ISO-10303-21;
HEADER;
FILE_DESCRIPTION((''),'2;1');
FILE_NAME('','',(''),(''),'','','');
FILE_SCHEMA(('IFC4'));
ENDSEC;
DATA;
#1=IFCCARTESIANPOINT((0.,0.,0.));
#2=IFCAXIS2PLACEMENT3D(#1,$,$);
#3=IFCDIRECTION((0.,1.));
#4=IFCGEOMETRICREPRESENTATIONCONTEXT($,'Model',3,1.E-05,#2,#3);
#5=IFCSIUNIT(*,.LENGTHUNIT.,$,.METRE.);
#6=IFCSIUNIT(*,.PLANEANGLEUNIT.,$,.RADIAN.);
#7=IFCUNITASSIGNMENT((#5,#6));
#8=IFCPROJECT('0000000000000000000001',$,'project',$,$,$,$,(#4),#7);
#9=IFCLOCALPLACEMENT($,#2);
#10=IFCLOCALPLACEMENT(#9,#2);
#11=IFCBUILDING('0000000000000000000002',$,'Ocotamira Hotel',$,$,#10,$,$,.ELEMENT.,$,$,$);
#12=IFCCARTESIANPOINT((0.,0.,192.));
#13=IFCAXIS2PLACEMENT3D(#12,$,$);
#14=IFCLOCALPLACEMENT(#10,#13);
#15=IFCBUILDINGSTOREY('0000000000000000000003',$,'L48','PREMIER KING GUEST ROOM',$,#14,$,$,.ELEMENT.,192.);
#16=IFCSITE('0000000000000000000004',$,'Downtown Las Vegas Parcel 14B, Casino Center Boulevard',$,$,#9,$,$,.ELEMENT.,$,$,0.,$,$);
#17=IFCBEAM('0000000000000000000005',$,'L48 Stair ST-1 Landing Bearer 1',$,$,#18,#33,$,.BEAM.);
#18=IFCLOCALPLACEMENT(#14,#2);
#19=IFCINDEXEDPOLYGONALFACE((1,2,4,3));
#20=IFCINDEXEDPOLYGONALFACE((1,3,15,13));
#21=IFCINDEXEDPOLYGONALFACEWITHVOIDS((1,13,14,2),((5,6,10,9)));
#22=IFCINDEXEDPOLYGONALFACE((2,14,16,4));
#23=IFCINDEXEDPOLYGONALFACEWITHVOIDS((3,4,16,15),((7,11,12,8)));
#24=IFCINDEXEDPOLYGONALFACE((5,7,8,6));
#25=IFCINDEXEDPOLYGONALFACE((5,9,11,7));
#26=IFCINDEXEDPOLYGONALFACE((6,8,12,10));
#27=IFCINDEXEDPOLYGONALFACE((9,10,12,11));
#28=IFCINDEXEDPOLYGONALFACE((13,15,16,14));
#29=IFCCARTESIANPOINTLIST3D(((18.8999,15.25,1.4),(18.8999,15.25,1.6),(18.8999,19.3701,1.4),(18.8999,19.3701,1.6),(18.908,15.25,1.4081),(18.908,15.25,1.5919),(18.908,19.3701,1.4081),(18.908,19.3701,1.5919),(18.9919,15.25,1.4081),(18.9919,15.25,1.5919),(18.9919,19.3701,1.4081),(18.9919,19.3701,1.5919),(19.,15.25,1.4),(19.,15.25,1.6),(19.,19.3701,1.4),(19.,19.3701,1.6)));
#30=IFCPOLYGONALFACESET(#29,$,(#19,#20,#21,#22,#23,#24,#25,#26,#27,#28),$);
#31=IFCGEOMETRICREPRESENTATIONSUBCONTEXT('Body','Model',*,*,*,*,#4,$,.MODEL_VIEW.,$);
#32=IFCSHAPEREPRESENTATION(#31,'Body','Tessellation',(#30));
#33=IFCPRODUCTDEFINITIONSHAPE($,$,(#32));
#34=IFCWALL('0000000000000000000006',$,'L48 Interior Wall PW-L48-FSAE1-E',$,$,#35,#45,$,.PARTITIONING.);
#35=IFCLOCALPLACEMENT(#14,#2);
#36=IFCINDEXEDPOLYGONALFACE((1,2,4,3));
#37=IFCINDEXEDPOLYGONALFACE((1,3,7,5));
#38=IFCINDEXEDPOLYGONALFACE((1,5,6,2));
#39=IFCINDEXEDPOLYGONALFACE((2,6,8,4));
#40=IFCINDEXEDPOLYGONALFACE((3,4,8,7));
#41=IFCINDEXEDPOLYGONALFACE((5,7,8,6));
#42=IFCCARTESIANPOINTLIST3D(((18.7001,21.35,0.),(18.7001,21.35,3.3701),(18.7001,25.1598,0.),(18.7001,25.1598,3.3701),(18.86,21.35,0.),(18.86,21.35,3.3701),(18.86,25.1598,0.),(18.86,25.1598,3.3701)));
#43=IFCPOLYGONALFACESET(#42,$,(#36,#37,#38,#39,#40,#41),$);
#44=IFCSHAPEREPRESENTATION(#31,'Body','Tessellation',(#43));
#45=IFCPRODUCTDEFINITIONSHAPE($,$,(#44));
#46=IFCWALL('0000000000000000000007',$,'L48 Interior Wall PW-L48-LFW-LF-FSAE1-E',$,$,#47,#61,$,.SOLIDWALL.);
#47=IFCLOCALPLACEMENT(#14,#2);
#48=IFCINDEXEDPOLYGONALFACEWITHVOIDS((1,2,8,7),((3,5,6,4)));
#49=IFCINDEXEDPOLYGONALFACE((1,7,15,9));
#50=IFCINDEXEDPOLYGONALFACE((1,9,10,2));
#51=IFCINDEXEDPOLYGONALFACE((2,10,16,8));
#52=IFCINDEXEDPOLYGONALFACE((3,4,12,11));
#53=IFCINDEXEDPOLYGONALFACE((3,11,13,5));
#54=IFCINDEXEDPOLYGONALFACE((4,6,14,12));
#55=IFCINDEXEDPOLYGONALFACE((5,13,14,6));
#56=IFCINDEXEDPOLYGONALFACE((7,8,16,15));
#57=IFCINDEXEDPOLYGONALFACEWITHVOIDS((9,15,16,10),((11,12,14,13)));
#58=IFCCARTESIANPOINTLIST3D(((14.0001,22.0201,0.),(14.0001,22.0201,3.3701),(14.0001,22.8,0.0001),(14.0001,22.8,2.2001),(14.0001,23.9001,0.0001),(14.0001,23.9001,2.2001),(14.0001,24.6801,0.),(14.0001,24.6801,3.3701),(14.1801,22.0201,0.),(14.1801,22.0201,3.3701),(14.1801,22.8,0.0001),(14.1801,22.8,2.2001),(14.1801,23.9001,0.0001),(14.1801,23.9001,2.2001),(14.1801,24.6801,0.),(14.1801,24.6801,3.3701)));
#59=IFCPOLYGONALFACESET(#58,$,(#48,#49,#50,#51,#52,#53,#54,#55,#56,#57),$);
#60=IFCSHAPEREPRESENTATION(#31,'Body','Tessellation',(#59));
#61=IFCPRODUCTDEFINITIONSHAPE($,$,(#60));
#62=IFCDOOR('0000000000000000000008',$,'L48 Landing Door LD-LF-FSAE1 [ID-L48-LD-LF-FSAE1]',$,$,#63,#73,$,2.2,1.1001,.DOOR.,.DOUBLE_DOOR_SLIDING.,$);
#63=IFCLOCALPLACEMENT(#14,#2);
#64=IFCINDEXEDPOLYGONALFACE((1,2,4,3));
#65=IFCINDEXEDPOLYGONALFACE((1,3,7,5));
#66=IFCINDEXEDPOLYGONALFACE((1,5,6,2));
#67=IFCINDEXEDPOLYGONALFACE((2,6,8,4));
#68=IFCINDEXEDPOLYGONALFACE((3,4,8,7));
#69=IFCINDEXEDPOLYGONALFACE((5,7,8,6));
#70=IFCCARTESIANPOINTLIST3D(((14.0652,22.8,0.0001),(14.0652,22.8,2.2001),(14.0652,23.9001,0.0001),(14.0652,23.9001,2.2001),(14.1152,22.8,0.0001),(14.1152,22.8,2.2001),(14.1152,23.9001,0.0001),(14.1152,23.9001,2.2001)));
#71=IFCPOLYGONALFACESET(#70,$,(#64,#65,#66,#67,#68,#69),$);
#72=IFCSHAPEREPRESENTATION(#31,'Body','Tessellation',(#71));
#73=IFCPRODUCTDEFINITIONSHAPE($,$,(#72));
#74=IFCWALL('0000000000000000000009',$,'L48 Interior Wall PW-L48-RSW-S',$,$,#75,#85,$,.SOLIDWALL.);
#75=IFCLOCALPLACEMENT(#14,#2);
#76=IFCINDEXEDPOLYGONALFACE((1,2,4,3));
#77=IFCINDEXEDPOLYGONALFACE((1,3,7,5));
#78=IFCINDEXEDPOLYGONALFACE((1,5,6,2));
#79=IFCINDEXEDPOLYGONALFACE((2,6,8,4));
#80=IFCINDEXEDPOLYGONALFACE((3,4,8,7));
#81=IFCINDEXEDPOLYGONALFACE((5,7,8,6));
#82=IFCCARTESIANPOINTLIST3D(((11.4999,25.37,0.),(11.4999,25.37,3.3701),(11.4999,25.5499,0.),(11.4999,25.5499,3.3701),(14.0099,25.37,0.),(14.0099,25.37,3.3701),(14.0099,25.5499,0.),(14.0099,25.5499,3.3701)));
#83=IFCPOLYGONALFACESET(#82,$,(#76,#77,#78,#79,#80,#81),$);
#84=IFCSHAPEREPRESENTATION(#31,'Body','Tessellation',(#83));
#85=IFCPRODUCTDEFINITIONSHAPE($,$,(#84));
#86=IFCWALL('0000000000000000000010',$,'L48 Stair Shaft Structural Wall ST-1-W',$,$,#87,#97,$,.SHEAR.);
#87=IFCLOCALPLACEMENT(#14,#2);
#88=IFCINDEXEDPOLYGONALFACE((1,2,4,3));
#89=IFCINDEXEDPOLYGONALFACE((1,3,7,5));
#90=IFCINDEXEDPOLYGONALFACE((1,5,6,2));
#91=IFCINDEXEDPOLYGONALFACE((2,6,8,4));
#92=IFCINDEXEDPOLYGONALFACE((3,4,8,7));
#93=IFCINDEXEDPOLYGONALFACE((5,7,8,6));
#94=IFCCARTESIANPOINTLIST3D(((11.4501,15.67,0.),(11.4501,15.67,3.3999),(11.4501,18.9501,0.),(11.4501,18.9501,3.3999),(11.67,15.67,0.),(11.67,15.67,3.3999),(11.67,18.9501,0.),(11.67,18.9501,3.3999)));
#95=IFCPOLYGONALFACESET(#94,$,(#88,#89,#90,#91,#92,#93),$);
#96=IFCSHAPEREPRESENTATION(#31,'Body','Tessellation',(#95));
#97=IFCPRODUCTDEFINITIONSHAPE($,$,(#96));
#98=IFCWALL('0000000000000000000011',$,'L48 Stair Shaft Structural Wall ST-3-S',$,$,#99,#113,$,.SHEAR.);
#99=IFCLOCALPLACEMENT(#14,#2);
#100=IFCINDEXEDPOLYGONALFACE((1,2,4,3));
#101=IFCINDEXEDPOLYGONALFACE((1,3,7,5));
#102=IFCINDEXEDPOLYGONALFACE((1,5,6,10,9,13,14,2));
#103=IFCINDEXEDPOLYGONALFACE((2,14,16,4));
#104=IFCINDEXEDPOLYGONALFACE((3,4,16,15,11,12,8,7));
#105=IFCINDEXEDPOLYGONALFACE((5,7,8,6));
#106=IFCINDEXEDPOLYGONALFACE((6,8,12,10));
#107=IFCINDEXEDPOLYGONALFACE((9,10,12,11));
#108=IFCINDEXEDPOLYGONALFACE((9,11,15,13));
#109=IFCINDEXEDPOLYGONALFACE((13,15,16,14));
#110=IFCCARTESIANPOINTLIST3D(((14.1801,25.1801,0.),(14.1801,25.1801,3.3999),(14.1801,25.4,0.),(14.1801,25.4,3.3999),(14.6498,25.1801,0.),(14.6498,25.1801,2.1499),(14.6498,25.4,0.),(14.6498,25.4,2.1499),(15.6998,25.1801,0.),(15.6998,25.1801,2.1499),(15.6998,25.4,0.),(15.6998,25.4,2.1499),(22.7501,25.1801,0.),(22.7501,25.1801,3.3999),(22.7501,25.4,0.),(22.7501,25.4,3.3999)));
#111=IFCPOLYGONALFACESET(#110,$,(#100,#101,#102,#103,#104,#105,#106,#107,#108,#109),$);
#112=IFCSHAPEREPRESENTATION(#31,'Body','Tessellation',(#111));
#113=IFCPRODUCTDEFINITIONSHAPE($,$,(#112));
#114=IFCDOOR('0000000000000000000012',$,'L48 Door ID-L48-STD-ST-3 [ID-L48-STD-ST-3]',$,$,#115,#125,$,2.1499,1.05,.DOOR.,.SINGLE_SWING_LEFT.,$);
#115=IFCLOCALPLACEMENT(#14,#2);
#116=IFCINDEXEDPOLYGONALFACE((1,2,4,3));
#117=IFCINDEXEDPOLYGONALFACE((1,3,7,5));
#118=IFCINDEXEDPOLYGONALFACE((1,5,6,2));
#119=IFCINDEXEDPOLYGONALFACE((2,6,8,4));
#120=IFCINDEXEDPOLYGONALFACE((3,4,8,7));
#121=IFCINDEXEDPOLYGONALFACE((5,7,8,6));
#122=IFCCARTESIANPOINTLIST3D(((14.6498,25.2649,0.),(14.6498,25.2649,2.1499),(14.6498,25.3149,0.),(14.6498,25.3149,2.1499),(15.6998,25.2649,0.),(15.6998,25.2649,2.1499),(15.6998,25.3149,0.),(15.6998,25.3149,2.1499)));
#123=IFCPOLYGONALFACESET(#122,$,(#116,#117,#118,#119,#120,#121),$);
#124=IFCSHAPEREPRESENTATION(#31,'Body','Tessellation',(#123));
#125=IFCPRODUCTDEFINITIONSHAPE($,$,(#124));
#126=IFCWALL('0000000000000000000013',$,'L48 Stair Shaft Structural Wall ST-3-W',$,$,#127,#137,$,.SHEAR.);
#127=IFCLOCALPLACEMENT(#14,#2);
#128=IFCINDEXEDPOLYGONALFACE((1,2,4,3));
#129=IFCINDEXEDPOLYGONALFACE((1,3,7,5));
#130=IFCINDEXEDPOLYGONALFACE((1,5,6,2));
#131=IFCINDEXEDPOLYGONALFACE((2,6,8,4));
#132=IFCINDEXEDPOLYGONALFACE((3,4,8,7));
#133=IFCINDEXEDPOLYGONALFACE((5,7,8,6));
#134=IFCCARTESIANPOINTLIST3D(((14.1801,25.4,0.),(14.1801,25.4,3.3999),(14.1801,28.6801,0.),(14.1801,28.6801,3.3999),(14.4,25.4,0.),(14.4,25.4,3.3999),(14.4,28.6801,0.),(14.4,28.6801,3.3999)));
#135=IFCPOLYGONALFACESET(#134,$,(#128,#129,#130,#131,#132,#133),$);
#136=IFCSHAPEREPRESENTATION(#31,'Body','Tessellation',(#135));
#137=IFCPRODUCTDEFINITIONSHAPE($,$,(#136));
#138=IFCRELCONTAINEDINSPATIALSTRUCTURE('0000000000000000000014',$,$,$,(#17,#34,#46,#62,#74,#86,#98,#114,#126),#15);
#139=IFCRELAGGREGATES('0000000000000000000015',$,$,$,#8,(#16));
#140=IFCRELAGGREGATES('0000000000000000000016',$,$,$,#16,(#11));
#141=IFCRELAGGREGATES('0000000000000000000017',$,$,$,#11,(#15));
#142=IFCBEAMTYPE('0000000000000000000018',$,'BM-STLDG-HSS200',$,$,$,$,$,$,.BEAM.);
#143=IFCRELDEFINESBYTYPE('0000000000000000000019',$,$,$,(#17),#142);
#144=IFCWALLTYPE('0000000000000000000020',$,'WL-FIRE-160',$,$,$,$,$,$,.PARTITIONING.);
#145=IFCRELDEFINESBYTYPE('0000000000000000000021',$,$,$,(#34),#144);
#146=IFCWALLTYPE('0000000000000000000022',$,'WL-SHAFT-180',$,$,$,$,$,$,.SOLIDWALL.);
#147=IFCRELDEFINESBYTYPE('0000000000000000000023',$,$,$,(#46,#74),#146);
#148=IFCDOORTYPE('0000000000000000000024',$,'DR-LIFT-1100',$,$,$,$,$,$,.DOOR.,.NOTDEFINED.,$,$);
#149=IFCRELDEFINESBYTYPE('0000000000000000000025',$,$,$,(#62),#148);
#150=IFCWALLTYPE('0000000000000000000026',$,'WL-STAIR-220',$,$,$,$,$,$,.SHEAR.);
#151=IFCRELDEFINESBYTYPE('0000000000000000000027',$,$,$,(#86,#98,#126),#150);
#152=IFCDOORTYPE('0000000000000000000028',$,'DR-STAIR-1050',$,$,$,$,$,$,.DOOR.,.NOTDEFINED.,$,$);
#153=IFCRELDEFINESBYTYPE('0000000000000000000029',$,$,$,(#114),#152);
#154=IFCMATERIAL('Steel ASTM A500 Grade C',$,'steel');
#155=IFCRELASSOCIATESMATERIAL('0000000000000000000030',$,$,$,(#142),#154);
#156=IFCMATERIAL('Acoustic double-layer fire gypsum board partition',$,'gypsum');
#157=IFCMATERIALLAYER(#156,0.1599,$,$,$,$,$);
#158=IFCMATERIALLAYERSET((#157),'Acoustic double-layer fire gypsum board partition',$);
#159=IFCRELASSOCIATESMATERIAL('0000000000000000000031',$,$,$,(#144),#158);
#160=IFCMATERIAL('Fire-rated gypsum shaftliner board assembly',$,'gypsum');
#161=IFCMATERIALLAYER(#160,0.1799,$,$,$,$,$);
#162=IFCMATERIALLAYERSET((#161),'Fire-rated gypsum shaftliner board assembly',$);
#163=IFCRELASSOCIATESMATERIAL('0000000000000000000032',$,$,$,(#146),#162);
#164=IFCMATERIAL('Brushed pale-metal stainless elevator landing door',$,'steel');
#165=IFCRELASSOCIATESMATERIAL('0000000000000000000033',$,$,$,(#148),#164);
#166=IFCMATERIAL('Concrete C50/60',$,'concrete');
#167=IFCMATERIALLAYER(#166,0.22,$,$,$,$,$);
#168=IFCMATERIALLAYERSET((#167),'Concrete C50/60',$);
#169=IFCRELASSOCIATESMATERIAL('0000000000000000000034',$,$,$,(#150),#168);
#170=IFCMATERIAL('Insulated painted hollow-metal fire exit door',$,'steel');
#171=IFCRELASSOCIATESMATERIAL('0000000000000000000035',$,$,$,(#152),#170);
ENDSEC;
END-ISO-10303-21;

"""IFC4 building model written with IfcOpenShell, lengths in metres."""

from ifc_helpers import new_model, si_unit, direction, frame, frame_2d, origin, origin_2d, place, context, subcontext, project, spatial, rectangle, hollow_rectangle, extrude, source, transform, mapped, material, layer, layer_set, material_profile, profile_set, type_object, element, fill, save


model = new_model("IFC4")

# Units and contexts
model_context = context("Model", 3, precision=1e-05, world=origin(), true_north=direction((0.0, 1.0)))
body_context = subcontext(model_context, "Body", "Model", "MODEL_VIEW")
ifc_project = project(units=[si_unit("LENGTHUNIT", "METRE"), si_unit("PLANEANGLEUNIT", "RADIAN")], contexts=[model_context])

# Site, building, storey
site_placement = place(None, origin())
site = spatial("IfcSite", under=ifc_project, at=site_placement, Name="Downtown Las Vegas Parcel 14B, Casino Center Boulevard", CompositionType="ELEMENT", RefElevation=0.0)
building_placement = place(site_placement, origin())
building = spatial("IfcBuilding", under=site, at=building_placement, Name="Ocotamira Hotel", CompositionType="ELEMENT")
storey_placement = place(building_placement, frame((0.0, 0.0, 192.0)))
storey = spatial("IfcBuildingStorey", under=building, at=storey_placement, Name="L48", Description="PREMIER KING GUEST ROOM", CompositionType="ELEMENT", Elevation=192.0)

# Beam
ifc_material_1 = material(Name="Steel ASTM A500 Grade C", Category="steel")
ifc_material_profile = material_profile(ifc_material_1, hollow_rectangle(XDim=0.1001, YDim=0.2, WallThickness=0.0081, at=origin_2d()), Name="HSS200X100X8")
ifc_profile_set = profile_set([ifc_material_profile], Name="Steel ASTM A500 Grade C")
beam_type = type_object("IfcBeamType", Name="BM-STLDG-HSS200", PredefinedType="BEAM", material=ifc_profile_set)
shared_shape_1 = source(origin(), body_context, "Body", "SweptSolid", [
    extrude(hollow_rectangle(XDim=0.1001, YDim=0.2, WallThickness=0.0081, at=origin_2d()), origin(), (0.0, 0.0, 1.0), 4.1201),
])
beam_placement = place(storey_placement, frame((18.95, 15.25, 1.5), z_axis=(0.0, 1.0, 0.0), x_axis=(-1.0, 0.0, 0.0)))
element("IfcBeam", 1, at=beam_placement, inside=storey, type_object=beam_type, Name="L48 Stair ST-1 Landing Bearer 1", PredefinedType="BEAM", context=body_context, shape_type="MappedRepresentation", body=[
    mapped(shared_shape_1, transform((0.0, 0.0, 0.0), scale=1.0)),
])

# Shared definitions
ifc_material_2 = material(Name="Acoustic double-layer fire gypsum board partition", Category="gypsum")
ifc_layer_1 = layer(ifc_material_2, 0.1599)
ifc_layer_set_1 = layer_set([ifc_layer_1], Name="Acoustic double-layer fire gypsum board partition")
wall_type_1 = type_object("IfcWallType", Name="WL-FIRE-160", PredefinedType="PARTITIONING", material=ifc_layer_set_1)

# Wall
wall_1_placement = place(storey_placement, frame((18.78, 21.3501, 0.0), z_axis=(0.0, 0.0, 1.0), x_axis=(0.0, 1.0, 0.0)))
element("IfcWall", 2, at=wall_1_placement, inside=storey, type_object=wall_type_1, Name="L48 Interior Wall PW-L48-FSAE1-E", PredefinedType="PARTITIONING", context=body_context, shape_type="SweptSolid", body=[
    extrude(rectangle(XDim=3.8098, YDim=0.1599, at=frame_2d((1.9048, 0.0))), origin(), (0.0, 0.0, 1.0), 3.3701),
])

# Wall, opening, door
ifc_material_3 = material(Name="Fire-rated gypsum shaftliner board assembly", Category="gypsum")
ifc_layer_2 = layer(ifc_material_3, 0.1799)
ifc_layer_set_2 = layer_set([ifc_layer_2], Name="Fire-rated gypsum shaftliner board assembly")
wall_type_2 = type_object("IfcWallType", Name="WL-SHAFT-180", PredefinedType="SOLIDWALL", material=ifc_layer_set_2)
wall_2_placement = place(storey_placement, frame((14.0901, 22.02, 0.0), z_axis=(0.0, 0.0, 1.0), x_axis=(0.0, 1.0, 0.0)))
wall_2 = element("IfcWall", 3, at=wall_2_placement, inside=storey, type_object=wall_type_2, Name="L48 Interior Wall PW-L48-LFW-LF-FSAE1-E", PredefinedType="SOLIDWALL", context=body_context, shape_type="SweptSolid", body=[
    extrude(rectangle(XDim=2.6599, YDim=0.1799, at=frame_2d((1.3301, 0.0))), origin(), (0.0, 0.0, 1.0), 3.3701),
])
opening_1_placement = place(wall_2_placement, frame((0.78, 0.0, 0.0)))
opening_1 = element("IfcOpeningElement", 4, at=opening_1_placement, cuts=wall_2, PredefinedType="OPENING", context=body_context, shape_type="SweptSolid", body=[
    extrude(rectangle(XDim=1.1001, YDim=2.2, at=frame_2d((0.55, 1.1001))), frame((0.0, 0.1001, 0.0), z_axis=(0.0, -1.0, 0.0), x_axis=(1.0, 0.0, 0.0)), (0.0, 0.0, 1.0), 0.2),
])
ifc_material_4 = material(Name="Brushed pale-metal stainless elevator landing door", Category="steel")
door_type_1 = type_object("IfcDoorType", Name="DR-LIFT-1100", OperationType="NOTDEFINED", PredefinedType="DOOR", material=ifc_material_4)
shared_shape_2 = source(origin(), body_context, "Body", "SweptSolid", [
    extrude(rectangle(XDim=1.1001, YDim=2.2, at=frame_2d((0.55, 1.1001))), frame((0.0, 0.0249, 0.0), z_axis=(0.0, -1.0, 0.0), x_axis=(1.0, 0.0, 0.0)), (0.0, 0.0, 1.0), 0.05),
])
door_1_placement = place(opening_1_placement, origin())
door_1 = element("IfcDoor", 5, at=door_1_placement, inside=storey, type_object=door_type_1, Name="L48 Landing Door LD-LF-FSAE1 [ID-L48-LD-LF-FSAE1]", OperationType="DOUBLE_DOOR_SLIDING", OverallHeight=2.2, OverallWidth=1.1001, PredefinedType="DOOR", context=body_context, shape_type="MappedRepresentation", body=[
    mapped(shared_shape_2, transform((0.0, 0.0, 0.0), scale=1.0)),
])
fill(opening_1, door_1)

# Walls
wall_3_placement = place(storey_placement, frame((11.5, 25.46, 0.0), z_axis=(0.0, 0.0, 1.0), x_axis=(1.0, 0.0, 0.0)))
element("IfcWall", 6, at=wall_3_placement, inside=storey, type_object=wall_type_2, Name="L48 Interior Wall PW-L48-RSW-S", PredefinedType="SOLIDWALL", context=body_context, shape_type="SweptSolid", body=[
    extrude(rectangle(XDim=2.51, YDim=0.1799, at=frame_2d((1.2549, 0.0))), origin(), (0.0, 0.0, 1.0), 3.3701),
])
ifc_material_5 = material(Name="Concrete C50/60", Category="concrete")
ifc_layer_3 = layer(ifc_material_5, 0.22)
ifc_layer_set_3 = layer_set([ifc_layer_3], Name="Concrete C50/60")
wall_type_3 = type_object("IfcWallType", Name="WL-STAIR-220", PredefinedType="SHEAR", material=ifc_layer_set_3)
wall_4_placement = place(storey_placement, frame((11.5601, 15.6699, 0.0), z_axis=(0.0, 0.0, 1.0), x_axis=(0.0, 1.0, 0.0)))
element("IfcWall", 7, at=wall_4_placement, inside=storey, type_object=wall_type_3, Name="L48 Stair Shaft Structural Wall ST-1-W", PredefinedType="SHEAR", context=body_context, shape_type="SweptSolid", body=[
    extrude(rectangle(XDim=3.28, YDim=0.22, at=frame_2d((1.6401, 0.0))), origin(), (0.0, 0.0, 1.0), 3.3999),
])

# Wall, opening, door
wall_5_placement = place(storey_placement, frame((14.1799, 25.29, 0.0), z_axis=(0.0, 0.0, 1.0), x_axis=(1.0, 0.0, 0.0)))
wall_5 = element("IfcWall", 8, at=wall_5_placement, inside=storey, type_object=wall_type_3, Name="L48 Stair Shaft Structural Wall ST-3-S", PredefinedType="SHEAR", context=body_context, shape_type="SweptSolid", body=[
    extrude(rectangle(XDim=8.5701, YDim=0.22, at=frame_2d((4.2852, 0.0))), origin(), (0.0, 0.0, 1.0), 3.3999),
])
opening_2_placement = place(wall_5_placement, frame((0.47, 0.0, 0.0)))
opening_2 = element("IfcOpeningElement", 9, at=opening_2_placement, cuts=wall_5, PredefinedType="OPENING", context=body_context, shape_type="SweptSolid", body=[
    extrude(rectangle(XDim=1.05, YDim=2.1499, at=frame_2d((0.5249, 1.075))), frame((0.0, 0.1201, 0.0), z_axis=(0.0, -1.0, 0.0), x_axis=(1.0, 0.0, 0.0)), (0.0, 0.0, 1.0), 0.24),
])
ifc_material_6 = material(Name="Insulated painted hollow-metal fire exit door", Category="steel")
door_type_2 = type_object("IfcDoorType", Name="DR-STAIR-1050", OperationType="NOTDEFINED", PredefinedType="DOOR", material=ifc_material_6)
shared_shape_3 = source(origin(), body_context, "Body", "SweptSolid", [
    extrude(rectangle(XDim=1.05, YDim=2.1499, at=frame_2d((0.5249, 1.075))), frame((0.0, 0.0249, 0.0), z_axis=(0.0, -1.0, 0.0), x_axis=(1.0, 0.0, 0.0)), (0.0, 0.0, 1.0), 0.05),
])
door_2_placement = place(opening_2_placement, origin())
door_2 = element("IfcDoor", 10, at=door_2_placement, inside=storey, type_object=door_type_2, Name="L48 Door ID-L48-STD-ST-3 [ID-L48-STD-ST-3]", OperationType="SINGLE_SWING_LEFT", OverallHeight=2.1499, OverallWidth=1.05, PredefinedType="DOOR", context=body_context, shape_type="MappedRepresentation", body=[
    mapped(shared_shape_3, transform((0.0, 0.0, 0.0), scale=1.0)),
])
fill(opening_2, door_2)

# Wall
wall_6_placement = place(storey_placement, frame((14.29, 25.3999, 0.0), z_axis=(0.0, 0.0, 1.0), x_axis=(0.0, 1.0, 0.0)))
element("IfcWall", 11, at=wall_6_placement, inside=storey, type_object=wall_type_3, Name="L48 Stair Shaft Structural Wall ST-3-W", PredefinedType="SHEAR", context=body_context, shape_type="SweptSolid", body=[
    extrude(rectangle(XDim=3.28, YDim=0.22, at=frame_2d((1.6401, 0.0))), origin(), (0.0, 0.0, 1.0), 3.3999),
])

save(model, "model.ifc")
